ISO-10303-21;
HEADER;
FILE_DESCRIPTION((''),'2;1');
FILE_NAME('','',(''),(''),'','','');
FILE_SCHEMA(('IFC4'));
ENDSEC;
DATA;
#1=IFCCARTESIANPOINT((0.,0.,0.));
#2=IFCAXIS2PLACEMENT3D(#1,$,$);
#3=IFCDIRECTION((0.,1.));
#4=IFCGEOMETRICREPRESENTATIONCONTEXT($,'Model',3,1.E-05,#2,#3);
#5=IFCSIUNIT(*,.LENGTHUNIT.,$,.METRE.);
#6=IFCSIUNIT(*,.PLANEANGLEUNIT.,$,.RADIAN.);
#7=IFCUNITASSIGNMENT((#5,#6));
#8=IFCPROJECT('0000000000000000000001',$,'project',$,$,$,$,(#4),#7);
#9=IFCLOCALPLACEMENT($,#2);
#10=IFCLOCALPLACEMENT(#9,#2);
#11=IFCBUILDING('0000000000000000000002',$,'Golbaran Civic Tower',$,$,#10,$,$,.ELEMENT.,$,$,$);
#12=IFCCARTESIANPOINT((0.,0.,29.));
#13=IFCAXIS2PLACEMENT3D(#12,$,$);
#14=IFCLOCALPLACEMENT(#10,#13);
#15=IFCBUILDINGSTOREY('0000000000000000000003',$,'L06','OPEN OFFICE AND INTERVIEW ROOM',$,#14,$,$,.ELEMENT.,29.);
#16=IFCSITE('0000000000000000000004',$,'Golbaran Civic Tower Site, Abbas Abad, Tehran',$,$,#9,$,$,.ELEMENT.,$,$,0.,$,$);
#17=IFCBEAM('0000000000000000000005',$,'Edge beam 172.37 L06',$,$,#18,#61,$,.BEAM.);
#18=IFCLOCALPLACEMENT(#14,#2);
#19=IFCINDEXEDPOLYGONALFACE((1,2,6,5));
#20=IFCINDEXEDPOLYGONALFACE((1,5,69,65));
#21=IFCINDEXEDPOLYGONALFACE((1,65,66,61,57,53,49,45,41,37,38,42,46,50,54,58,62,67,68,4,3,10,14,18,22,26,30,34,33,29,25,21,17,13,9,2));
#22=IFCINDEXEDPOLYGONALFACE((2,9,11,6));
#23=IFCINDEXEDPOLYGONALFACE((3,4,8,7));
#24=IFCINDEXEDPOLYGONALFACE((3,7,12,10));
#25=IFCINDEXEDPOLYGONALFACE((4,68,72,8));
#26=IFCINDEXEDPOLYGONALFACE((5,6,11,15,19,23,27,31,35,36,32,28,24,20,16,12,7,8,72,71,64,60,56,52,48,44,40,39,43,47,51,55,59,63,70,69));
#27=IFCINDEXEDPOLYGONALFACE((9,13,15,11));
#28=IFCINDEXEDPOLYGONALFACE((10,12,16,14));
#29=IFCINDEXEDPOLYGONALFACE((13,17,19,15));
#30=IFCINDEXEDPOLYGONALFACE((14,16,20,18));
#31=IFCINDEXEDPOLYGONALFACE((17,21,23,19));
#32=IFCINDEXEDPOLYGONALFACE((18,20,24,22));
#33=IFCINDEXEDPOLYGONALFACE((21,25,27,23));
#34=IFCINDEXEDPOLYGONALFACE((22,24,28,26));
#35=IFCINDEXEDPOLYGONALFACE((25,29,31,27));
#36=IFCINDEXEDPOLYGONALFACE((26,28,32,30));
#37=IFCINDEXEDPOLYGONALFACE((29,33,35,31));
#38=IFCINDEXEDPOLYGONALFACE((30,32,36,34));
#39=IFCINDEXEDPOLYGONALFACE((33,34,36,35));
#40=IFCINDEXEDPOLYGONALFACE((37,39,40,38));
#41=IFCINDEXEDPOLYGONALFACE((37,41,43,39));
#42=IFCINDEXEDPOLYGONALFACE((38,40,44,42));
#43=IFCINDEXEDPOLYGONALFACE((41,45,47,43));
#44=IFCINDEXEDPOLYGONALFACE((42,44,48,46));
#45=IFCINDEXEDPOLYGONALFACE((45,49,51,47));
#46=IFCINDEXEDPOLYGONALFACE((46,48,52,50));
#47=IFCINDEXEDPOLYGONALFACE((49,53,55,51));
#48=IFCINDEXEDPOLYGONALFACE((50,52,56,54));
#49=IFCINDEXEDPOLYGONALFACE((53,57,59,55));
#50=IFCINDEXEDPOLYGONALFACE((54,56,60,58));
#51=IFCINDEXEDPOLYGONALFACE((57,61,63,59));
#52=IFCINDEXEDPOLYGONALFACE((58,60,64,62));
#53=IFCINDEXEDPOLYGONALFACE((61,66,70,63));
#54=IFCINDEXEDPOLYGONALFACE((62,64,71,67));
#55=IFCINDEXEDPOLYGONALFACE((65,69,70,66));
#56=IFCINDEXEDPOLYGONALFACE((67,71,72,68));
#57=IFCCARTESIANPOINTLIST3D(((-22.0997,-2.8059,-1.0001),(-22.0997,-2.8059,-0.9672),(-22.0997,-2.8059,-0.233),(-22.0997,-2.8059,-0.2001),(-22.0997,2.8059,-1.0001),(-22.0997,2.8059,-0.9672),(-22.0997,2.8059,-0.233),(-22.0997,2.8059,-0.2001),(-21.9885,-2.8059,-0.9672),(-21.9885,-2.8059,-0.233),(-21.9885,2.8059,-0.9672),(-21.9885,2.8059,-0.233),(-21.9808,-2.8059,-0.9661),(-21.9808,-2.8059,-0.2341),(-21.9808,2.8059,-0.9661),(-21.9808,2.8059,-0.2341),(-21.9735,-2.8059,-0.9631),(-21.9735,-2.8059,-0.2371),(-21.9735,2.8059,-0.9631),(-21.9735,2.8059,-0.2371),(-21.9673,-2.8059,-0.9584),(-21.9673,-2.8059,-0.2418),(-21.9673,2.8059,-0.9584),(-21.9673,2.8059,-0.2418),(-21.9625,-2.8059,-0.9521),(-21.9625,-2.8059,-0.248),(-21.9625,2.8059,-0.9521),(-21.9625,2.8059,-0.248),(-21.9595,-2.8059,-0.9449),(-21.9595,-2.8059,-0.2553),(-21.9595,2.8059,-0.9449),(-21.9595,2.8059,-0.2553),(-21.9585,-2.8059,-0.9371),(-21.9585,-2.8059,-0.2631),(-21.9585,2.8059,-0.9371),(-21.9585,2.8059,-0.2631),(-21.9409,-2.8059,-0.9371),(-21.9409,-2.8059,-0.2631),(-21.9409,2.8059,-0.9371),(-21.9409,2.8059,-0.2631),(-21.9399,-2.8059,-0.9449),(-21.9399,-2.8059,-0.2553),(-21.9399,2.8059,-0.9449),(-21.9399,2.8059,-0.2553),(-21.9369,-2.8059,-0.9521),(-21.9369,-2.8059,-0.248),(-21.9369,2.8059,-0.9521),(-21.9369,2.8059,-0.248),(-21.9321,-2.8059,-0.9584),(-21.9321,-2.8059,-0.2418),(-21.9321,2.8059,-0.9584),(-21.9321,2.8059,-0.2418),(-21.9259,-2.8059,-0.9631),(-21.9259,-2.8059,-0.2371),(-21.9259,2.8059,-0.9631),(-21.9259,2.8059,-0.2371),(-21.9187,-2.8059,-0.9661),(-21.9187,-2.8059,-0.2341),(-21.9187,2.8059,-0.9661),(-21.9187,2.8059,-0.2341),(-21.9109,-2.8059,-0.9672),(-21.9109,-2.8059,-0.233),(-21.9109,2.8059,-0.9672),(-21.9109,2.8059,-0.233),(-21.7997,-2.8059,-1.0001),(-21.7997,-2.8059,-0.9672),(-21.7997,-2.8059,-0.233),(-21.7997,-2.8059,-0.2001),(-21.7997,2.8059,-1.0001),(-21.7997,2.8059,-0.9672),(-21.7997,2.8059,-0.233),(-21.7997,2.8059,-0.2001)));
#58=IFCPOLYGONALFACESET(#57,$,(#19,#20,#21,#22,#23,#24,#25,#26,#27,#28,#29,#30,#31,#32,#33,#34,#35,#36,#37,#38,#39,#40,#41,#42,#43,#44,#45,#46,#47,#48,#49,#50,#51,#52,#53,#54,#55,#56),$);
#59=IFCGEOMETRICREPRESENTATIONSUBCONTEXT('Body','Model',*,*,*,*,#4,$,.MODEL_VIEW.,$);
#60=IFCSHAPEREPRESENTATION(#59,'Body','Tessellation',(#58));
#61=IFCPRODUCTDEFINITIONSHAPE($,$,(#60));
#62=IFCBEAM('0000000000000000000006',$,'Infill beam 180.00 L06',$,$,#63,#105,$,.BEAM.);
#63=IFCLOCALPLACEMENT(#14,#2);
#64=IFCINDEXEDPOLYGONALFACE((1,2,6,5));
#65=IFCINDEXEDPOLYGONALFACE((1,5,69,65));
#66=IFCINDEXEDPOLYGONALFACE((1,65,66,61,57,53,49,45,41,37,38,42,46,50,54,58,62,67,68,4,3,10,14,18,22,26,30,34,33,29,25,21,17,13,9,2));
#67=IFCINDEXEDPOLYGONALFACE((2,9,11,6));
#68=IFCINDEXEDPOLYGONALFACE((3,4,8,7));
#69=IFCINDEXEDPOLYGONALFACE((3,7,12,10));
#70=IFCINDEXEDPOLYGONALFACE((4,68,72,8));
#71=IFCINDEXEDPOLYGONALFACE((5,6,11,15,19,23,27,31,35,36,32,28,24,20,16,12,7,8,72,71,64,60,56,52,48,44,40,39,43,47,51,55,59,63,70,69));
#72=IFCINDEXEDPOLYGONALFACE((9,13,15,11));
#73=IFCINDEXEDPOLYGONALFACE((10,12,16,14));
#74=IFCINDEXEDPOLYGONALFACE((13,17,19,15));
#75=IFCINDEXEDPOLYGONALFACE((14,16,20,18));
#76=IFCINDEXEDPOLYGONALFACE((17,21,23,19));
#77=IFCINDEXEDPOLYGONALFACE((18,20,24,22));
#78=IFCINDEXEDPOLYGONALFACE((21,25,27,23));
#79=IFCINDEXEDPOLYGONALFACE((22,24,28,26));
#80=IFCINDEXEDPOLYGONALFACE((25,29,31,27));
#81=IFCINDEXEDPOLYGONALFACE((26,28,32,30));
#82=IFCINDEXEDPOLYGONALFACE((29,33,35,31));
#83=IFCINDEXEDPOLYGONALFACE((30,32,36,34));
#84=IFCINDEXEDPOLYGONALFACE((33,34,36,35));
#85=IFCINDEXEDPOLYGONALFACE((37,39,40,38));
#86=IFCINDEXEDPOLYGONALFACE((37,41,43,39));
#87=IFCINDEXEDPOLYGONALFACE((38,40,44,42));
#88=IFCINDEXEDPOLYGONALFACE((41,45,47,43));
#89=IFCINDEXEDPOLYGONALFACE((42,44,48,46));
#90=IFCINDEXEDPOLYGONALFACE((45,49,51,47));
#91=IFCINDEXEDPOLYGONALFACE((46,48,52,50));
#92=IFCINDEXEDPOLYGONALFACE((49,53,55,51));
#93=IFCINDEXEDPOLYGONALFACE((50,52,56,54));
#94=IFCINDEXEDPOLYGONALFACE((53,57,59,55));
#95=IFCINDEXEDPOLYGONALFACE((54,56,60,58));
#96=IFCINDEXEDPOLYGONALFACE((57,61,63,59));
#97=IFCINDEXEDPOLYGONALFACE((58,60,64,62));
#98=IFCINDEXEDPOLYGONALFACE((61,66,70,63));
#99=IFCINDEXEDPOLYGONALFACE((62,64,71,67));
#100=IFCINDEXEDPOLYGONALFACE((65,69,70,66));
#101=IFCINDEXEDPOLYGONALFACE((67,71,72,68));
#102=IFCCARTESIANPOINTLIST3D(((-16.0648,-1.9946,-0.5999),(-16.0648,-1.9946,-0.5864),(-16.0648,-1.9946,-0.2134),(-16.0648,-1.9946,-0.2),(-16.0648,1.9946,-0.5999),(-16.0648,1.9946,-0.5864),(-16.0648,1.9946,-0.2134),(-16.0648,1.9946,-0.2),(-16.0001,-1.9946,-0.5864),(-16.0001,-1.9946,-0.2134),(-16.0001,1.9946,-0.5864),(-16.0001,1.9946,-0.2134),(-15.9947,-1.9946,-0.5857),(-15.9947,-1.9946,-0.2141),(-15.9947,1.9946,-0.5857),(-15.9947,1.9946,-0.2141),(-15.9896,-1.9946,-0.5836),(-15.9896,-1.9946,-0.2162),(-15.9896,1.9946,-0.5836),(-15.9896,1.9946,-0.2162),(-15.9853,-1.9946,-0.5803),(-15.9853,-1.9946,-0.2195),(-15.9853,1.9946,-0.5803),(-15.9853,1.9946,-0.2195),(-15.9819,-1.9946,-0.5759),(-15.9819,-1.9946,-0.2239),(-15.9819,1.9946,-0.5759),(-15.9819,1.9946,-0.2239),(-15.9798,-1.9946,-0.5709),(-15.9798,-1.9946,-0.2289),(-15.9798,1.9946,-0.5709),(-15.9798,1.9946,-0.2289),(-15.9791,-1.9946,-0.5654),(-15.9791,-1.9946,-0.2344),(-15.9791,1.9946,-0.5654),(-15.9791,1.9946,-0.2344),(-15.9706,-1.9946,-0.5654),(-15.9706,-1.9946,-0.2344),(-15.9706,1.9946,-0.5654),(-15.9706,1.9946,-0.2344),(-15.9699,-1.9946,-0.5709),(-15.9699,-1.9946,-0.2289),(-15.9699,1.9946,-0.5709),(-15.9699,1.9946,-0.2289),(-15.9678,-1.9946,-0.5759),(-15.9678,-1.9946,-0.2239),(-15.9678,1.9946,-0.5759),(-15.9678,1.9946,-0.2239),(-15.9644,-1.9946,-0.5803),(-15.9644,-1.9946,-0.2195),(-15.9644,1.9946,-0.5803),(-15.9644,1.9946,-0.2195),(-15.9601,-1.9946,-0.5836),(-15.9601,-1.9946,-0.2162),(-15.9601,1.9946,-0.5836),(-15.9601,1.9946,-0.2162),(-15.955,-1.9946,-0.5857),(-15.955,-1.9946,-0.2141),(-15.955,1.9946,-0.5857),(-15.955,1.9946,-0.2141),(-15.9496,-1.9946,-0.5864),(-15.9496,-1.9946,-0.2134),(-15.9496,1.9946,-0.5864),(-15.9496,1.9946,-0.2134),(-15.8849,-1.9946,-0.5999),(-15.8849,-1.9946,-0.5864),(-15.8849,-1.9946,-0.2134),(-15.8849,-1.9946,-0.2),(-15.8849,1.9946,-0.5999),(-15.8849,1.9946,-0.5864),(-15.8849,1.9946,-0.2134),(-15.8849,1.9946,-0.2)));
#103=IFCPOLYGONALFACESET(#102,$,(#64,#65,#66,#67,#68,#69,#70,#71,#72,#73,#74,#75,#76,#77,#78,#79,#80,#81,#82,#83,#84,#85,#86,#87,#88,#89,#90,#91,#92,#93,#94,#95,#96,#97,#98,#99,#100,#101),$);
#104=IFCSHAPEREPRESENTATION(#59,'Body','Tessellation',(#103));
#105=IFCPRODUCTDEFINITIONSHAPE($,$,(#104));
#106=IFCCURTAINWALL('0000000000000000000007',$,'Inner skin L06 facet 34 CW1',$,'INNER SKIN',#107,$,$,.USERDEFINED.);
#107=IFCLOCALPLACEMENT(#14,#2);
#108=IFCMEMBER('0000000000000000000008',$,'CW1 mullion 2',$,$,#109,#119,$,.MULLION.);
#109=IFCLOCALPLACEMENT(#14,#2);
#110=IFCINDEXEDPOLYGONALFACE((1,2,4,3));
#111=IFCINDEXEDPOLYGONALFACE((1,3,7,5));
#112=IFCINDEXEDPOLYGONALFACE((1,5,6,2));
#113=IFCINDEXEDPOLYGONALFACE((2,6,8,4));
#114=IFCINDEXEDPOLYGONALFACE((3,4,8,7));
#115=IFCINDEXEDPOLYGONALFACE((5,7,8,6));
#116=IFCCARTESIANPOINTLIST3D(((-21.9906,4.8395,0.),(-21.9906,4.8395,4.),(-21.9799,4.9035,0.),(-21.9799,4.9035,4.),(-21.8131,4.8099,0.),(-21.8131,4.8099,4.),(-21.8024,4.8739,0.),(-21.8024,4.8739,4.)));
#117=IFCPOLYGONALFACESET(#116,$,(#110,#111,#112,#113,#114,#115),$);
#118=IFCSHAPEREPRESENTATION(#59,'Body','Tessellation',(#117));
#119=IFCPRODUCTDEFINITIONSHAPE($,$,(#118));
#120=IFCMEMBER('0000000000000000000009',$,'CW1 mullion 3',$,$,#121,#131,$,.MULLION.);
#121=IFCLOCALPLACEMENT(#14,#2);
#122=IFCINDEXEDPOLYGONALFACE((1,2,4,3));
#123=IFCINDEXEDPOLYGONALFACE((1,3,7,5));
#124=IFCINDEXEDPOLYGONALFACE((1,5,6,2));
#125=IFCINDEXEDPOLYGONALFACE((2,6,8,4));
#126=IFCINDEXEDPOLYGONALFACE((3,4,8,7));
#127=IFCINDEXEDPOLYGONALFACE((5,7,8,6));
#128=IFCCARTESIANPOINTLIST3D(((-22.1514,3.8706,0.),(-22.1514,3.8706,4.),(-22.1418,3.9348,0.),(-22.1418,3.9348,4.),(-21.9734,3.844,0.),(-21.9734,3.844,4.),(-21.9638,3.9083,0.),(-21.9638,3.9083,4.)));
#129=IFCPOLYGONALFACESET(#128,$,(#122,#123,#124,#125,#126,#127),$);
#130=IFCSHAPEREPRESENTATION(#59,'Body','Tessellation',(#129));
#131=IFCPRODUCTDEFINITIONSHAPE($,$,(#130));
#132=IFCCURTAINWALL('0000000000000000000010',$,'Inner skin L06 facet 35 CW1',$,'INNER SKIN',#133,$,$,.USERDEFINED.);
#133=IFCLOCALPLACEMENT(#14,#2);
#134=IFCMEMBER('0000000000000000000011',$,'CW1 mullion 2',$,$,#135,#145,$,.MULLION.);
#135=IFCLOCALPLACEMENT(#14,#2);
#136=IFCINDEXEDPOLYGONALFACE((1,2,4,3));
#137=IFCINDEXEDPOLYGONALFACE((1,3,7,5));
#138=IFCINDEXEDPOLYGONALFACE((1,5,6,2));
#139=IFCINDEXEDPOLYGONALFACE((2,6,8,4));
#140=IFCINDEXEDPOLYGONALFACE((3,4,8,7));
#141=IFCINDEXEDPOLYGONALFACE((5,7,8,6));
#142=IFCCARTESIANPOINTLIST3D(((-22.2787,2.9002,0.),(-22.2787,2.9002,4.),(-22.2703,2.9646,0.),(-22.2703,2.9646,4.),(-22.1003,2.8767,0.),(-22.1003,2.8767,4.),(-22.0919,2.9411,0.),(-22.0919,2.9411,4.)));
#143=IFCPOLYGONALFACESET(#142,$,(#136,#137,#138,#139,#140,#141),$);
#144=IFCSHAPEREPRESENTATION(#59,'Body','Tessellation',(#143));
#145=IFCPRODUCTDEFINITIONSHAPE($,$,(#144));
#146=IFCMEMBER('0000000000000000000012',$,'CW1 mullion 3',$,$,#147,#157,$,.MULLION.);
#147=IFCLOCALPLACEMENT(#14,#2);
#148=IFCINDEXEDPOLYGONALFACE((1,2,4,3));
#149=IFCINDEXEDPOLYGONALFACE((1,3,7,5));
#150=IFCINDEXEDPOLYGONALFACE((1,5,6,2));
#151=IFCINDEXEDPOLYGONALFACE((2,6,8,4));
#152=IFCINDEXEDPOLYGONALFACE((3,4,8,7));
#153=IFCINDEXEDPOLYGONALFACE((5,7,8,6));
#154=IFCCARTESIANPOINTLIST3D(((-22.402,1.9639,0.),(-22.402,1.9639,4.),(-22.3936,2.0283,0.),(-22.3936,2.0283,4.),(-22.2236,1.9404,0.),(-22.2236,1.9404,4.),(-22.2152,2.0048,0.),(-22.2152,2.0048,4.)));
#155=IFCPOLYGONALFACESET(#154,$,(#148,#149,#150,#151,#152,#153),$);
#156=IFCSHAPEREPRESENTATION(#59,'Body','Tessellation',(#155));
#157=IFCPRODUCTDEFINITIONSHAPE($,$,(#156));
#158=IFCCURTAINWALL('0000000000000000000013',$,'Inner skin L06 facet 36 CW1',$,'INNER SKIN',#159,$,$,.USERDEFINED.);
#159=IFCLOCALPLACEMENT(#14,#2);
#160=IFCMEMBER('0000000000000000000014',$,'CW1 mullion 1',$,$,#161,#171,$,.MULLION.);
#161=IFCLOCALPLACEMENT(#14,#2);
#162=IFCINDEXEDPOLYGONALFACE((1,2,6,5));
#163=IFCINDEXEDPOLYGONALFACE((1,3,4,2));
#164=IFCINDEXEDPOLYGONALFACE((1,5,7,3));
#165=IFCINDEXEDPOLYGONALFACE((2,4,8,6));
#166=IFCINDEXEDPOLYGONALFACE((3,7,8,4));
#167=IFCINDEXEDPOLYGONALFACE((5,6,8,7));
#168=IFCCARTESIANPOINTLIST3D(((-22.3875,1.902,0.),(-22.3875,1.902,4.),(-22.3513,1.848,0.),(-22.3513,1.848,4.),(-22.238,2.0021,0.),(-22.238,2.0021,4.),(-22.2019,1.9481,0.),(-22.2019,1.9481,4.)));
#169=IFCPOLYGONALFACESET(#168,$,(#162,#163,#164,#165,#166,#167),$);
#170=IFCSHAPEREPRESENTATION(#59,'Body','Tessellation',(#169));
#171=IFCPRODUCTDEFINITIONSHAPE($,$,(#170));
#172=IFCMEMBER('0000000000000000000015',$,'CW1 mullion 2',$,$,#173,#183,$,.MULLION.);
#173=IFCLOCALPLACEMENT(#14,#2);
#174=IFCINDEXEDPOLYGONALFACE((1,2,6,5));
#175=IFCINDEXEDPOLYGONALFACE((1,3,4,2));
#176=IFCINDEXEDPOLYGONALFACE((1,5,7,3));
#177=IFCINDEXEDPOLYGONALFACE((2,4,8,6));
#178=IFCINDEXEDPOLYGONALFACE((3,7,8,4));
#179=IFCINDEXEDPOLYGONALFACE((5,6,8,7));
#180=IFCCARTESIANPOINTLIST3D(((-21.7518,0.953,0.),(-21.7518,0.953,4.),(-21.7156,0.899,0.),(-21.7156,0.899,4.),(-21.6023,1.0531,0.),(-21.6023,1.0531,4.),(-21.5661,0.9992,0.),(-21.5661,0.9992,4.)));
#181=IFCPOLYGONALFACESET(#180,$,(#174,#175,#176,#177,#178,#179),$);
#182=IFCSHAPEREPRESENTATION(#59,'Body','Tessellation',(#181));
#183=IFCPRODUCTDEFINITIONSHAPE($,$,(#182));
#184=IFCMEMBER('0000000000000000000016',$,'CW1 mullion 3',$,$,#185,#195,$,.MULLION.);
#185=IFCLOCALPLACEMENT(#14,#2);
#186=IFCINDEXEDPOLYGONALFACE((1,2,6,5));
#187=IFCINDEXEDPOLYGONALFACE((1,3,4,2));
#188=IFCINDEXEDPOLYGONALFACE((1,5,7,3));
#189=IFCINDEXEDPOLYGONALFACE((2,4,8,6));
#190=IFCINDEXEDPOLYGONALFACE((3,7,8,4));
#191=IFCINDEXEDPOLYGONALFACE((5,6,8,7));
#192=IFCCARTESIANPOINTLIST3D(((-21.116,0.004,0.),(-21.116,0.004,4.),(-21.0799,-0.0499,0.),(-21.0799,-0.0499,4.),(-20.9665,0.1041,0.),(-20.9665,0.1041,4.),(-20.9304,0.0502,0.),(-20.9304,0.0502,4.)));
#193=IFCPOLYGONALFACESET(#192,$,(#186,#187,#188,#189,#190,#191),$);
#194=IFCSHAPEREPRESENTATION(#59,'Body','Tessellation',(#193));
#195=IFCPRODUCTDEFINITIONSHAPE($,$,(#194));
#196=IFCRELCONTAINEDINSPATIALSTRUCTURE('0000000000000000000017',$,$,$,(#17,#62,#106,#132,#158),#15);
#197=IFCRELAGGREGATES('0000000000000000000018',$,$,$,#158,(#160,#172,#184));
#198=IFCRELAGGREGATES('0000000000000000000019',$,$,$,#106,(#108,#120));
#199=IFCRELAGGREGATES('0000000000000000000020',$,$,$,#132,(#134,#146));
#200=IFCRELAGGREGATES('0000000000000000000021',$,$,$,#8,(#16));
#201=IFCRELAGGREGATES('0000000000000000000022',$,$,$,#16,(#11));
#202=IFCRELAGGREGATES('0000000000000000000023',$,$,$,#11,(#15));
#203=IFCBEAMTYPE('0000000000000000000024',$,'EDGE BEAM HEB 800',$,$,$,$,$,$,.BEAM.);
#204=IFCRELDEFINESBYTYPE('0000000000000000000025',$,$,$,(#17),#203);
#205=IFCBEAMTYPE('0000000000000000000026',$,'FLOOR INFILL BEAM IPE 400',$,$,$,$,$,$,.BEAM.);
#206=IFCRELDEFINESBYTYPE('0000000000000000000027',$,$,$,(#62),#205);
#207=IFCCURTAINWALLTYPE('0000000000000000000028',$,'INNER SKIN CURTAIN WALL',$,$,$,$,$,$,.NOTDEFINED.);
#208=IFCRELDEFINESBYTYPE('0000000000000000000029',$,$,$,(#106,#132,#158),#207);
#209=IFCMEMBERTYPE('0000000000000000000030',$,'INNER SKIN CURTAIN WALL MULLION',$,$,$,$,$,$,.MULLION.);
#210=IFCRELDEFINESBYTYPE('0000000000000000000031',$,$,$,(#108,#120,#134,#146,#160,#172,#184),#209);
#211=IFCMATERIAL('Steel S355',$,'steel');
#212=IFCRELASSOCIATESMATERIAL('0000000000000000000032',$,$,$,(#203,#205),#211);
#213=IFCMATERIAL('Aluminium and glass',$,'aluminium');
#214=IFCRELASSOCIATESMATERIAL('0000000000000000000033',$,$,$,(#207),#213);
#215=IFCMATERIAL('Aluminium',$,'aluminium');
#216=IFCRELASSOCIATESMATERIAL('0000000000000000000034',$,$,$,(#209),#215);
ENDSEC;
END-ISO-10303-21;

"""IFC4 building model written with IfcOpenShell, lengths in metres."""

from ifc_helpers import new_model, si_unit, direction, frame, origin, origin_2d, place, context, subcontext, project, spatial, rectangle, i_section, extrude, material, material_profile, profile_set, type_object, element, aggregate, save


model = new_model("IFC4")

# Units and contexts
model_context = context("Model", 3, precision=1e-05, world=origin(), true_north=direction((0.0, 1.0)))
body_context = subcontext(model_context, "Body", "Model", "MODEL_VIEW")
ifc_project = project(units=[si_unit("LENGTHUNIT", "METRE"), si_unit("PLANEANGLEUNIT", "RADIAN")], contexts=[model_context])

# Site, building, storey
site_placement = place(None, origin())
site = spatial("IfcSite", under=ifc_project, at=site_placement, Name="Golbaran Civic Tower Site, Abbas Abad, Tehran", CompositionType="ELEMENT", RefElevation=0.0)
building_placement = place(site_placement, origin())
building = spatial("IfcBuilding", under=site, at=building_placement, Name="Golbaran Civic Tower", CompositionType="ELEMENT")
storey_placement = place(building_placement, frame((0.0, 0.0, 29.0)))
storey = spatial("IfcBuildingStorey", under=building, at=storey_placement, Name="L06", Description="OPEN OFFICE AND INTERVIEW ROOM", CompositionType="ELEMENT", Elevation=29.0)

# Beams
ifc_material_1 = material(Name="Steel S355", Category="steel")
ifc_material_profile_1 = material_profile(ifc_material_1, i_section(OverallWidth=0.3, OverallDepth=0.8, WebThickness=0.0176, FlangeThickness=0.033, FilletRadius=0.03, at=origin_2d()), Name="HEB 800")
ifc_profile_set_1 = profile_set([ifc_material_profile_1], Name="Steel S355")
beam_type_1 = type_object("IfcBeamType", Name="EDGE BEAM HEB 800", PredefinedType="BEAM", material=ifc_profile_set_1)
beam_1_placement = place(storey_placement, frame((-21.9497, 2.8059, -0.6001), z_axis=(0.0, -1.0, 0.0), x_axis=(1.0, 0.0, 0.0)))
element("IfcBeam", 1, at=beam_1_placement, inside=storey, type_object=beam_type_1, Name="Edge beam 172.37 L06", PredefinedType="BEAM", context=body_context, shape_type="SweptSolid", body=[
    extrude(i_section(OverallWidth=0.3, OverallDepth=0.8, WebThickness=0.0176, FlangeThickness=0.033, FilletRadius=0.03, at=origin_2d()), origin(), (0.0, 0.0, 1.0), 5.6118),
])
ifc_material_profile_2 = material_profile(ifc_material_1, i_section(OverallWidth=0.1799, OverallDepth=0.3999, WebThickness=0.0085, FlangeThickness=0.0134, FilletRadius=0.021, at=origin_2d()), Name="IPE 400")
ifc_profile_set_2 = profile_set([ifc_material_profile_2], Name="Steel S355")
beam_type_2 = type_object("IfcBeamType", Name="FLOOR INFILL BEAM IPE 400", PredefinedType="BEAM", material=ifc_profile_set_2)
beam_2_placement = place(storey_placement, frame((-15.9749, 1.9946, -0.3999), z_axis=(0.0, -1.0, 0.0), x_axis=(1.0, 0.0, 0.0)))
element("IfcBeam", 2, at=beam_2_placement, inside=storey, type_object=beam_type_2, Name="Infill beam 180.00 L06", PredefinedType="BEAM", context=body_context, shape_type="SweptSolid", body=[
    extrude(i_section(OverallWidth=0.1799, OverallDepth=0.3999, WebThickness=0.0085, FlangeThickness=0.0134, FilletRadius=0.021, at=origin_2d()), origin(), (0.0, 0.0, 1.0), 3.9893),
])

# Curtain walls, members
ifc_material_2 = material(Name="Aluminium and glass", Category="aluminium")
curtain_wall_type = type_object("IfcCurtainWallType", Name="INNER SKIN CURTAIN WALL", PredefinedType="NOTDEFINED", material=ifc_material_2)
curtain_wall_1_placement = place(storey_placement, origin())
curtain_wall_1 = element("IfcCurtainWall", 3, at=curtain_wall_1_placement, inside=storey, type_object=curtain_wall_type, Name="Inner skin L06 facet 34 CW1", ObjectType="INNER SKIN", PredefinedType="USERDEFINED")
ifc_material_3 = material(Name="Aluminium", Category="aluminium")
ifc_material_profile_3 = material_profile(ifc_material_3, rectangle(XDim=0.1799, YDim=0.0649, at=origin_2d()), Name="INNER SKIN CURTAIN WALL MULLION")
ifc_profile_set_3 = profile_set([ifc_material_profile_3], Name="Aluminium")
member_type_1 = type_object("IfcMemberType", Name="INNER SKIN CURTAIN WALL MULLION", PredefinedType="MULLION", material=ifc_profile_set_3)
member_1_placement = place(storey_placement, frame((-21.8965, 4.8567, 0.0), z_axis=(0.0, 0.0, 1.0), x_axis=(0.986391, -0.164415, 0.0)))
member_1 = element("IfcMember", 4, at=member_1_placement, type_object=member_type_1, Name="CW1 mullion 2", PredefinedType="MULLION", context=body_context, shape_type="SweptSolid", body=[
    extrude(rectangle(XDim=0.1799, YDim=0.0649, at=origin_2d()), origin(), (0.0, 0.0, 1.0), 4.0),
])
member_2_placement = place(storey_placement, frame((-22.0576, 3.8894, 0.0), z_axis=(0.0, 0.0, 1.0), x_axis=(0.989063, -0.147492, 0.0)))
member_2 = element("IfcMember", 5, at=member_2_placement, type_object=member_type_1, Name="CW1 mullion 3", PredefinedType="MULLION", context=body_context, shape_type="SweptSolid", body=[
    extrude(rectangle(XDim=0.1799, YDim=0.0649, at=origin_2d()), origin(), (0.0, 0.0, 1.0), 4.0),
])
curtain_wall_2_placement = place(storey_placement, origin())
curtain_wall_2 = element("IfcCurtainWall", 6, at=curtain_wall_2_placement, inside=storey, type_object=curtain_wall_type, Name="Inner skin L06 facet 35 CW1", ObjectType="INNER SKIN", PredefinedType="USERDEFINED")
member_3_placement = place(storey_placement, frame((-22.1853, 2.9207, 0.0), z_axis=(0.0, 0.0, 1.0), x_axis=(0.991445, -0.130526, 0.0)))
member_3 = element("IfcMember", 7, at=member_3_placement, type_object=member_type_1, Name="CW1 mullion 2", PredefinedType="MULLION", context=body_context, shape_type="SweptSolid", body=[
    extrude(rectangle(XDim=0.1799, YDim=0.0649, at=origin_2d()), origin(), (0.0, 0.0, 1.0), 4.0),
])
member_4_placement = place(storey_placement, frame((-22.3086, 1.9844, 0.0), z_axis=(0.0, 0.0, 1.0), x_axis=(0.991445, -0.130526, 0.0)))
member_4 = element("IfcMember", 8, at=member_4_placement, type_object=member_type_1, Name="CW1 mullion 3", PredefinedType="MULLION", context=body_context, shape_type="SweptSolid", body=[
    extrude(rectangle(XDim=0.1799, YDim=0.0649, at=origin_2d()), origin(), (0.0, 0.0, 1.0), 4.0),
])
curtain_wall_3_placement = place(storey_placement, origin())
curtain_wall_3 = element("IfcCurtainWall", 9, at=curtain_wall_3_placement, inside=storey, type_object=curtain_wall_type, Name="Inner skin L06 facet 36 CW1", ObjectType="INNER SKIN", PredefinedType="USERDEFINED")
member_5_placement = place(storey_placement, frame((-22.2947, 1.925, 0.0), z_axis=(0.0, 0.0, 1.0), x_axis=(0.830799, 0.556572, 0.0)))
member_5 = element("IfcMember", 10, at=member_5_placement, type_object=member_type_1, Name="CW1 mullion 1", PredefinedType="MULLION", context=body_context, shape_type="SweptSolid", body=[
    extrude(rectangle(XDim=0.1799, YDim=0.0649, at=origin_2d()), origin(), (0.0, 0.0, 1.0), 4.0),
])
member_6_placement = place(storey_placement, frame((-21.6589, 0.9761, 0.0), z_axis=(0.0, 0.0, 1.0), x_axis=(0.830799, 0.556572, 0.0)))
member_6 = element("IfcMember", 11, at=member_6_placement, type_object=member_type_1, Name="CW1 mullion 2", PredefinedType="MULLION", context=body_context, shape_type="SweptSolid", body=[
    extrude(rectangle(XDim=0.1799, YDim=0.0649, at=origin_2d()), origin(), (0.0, 0.0, 1.0), 4.0),
])
member_7_placement = place(storey_placement, frame((-21.0232, 0.0271, 0.0), z_axis=(0.0, 0.0, 1.0), x_axis=(0.830799, 0.556572, 0.0)))
member_7 = element("IfcMember", 12, at=member_7_placement, type_object=member_type_1, Name="CW1 mullion 3", PredefinedType="MULLION", context=body_context, shape_type="SweptSolid", body=[
    extrude(rectangle(XDim=0.1799, YDim=0.0649, at=origin_2d()), origin(), (0.0, 0.0, 1.0), 4.0),
])

aggregate(curtain_wall_3, [member_5, member_6, member_7])
aggregate(curtain_wall_1, [member_1, member_2])
aggregate(curtain_wall_2, [member_3, member_4])

save(model, "model.ifc")
